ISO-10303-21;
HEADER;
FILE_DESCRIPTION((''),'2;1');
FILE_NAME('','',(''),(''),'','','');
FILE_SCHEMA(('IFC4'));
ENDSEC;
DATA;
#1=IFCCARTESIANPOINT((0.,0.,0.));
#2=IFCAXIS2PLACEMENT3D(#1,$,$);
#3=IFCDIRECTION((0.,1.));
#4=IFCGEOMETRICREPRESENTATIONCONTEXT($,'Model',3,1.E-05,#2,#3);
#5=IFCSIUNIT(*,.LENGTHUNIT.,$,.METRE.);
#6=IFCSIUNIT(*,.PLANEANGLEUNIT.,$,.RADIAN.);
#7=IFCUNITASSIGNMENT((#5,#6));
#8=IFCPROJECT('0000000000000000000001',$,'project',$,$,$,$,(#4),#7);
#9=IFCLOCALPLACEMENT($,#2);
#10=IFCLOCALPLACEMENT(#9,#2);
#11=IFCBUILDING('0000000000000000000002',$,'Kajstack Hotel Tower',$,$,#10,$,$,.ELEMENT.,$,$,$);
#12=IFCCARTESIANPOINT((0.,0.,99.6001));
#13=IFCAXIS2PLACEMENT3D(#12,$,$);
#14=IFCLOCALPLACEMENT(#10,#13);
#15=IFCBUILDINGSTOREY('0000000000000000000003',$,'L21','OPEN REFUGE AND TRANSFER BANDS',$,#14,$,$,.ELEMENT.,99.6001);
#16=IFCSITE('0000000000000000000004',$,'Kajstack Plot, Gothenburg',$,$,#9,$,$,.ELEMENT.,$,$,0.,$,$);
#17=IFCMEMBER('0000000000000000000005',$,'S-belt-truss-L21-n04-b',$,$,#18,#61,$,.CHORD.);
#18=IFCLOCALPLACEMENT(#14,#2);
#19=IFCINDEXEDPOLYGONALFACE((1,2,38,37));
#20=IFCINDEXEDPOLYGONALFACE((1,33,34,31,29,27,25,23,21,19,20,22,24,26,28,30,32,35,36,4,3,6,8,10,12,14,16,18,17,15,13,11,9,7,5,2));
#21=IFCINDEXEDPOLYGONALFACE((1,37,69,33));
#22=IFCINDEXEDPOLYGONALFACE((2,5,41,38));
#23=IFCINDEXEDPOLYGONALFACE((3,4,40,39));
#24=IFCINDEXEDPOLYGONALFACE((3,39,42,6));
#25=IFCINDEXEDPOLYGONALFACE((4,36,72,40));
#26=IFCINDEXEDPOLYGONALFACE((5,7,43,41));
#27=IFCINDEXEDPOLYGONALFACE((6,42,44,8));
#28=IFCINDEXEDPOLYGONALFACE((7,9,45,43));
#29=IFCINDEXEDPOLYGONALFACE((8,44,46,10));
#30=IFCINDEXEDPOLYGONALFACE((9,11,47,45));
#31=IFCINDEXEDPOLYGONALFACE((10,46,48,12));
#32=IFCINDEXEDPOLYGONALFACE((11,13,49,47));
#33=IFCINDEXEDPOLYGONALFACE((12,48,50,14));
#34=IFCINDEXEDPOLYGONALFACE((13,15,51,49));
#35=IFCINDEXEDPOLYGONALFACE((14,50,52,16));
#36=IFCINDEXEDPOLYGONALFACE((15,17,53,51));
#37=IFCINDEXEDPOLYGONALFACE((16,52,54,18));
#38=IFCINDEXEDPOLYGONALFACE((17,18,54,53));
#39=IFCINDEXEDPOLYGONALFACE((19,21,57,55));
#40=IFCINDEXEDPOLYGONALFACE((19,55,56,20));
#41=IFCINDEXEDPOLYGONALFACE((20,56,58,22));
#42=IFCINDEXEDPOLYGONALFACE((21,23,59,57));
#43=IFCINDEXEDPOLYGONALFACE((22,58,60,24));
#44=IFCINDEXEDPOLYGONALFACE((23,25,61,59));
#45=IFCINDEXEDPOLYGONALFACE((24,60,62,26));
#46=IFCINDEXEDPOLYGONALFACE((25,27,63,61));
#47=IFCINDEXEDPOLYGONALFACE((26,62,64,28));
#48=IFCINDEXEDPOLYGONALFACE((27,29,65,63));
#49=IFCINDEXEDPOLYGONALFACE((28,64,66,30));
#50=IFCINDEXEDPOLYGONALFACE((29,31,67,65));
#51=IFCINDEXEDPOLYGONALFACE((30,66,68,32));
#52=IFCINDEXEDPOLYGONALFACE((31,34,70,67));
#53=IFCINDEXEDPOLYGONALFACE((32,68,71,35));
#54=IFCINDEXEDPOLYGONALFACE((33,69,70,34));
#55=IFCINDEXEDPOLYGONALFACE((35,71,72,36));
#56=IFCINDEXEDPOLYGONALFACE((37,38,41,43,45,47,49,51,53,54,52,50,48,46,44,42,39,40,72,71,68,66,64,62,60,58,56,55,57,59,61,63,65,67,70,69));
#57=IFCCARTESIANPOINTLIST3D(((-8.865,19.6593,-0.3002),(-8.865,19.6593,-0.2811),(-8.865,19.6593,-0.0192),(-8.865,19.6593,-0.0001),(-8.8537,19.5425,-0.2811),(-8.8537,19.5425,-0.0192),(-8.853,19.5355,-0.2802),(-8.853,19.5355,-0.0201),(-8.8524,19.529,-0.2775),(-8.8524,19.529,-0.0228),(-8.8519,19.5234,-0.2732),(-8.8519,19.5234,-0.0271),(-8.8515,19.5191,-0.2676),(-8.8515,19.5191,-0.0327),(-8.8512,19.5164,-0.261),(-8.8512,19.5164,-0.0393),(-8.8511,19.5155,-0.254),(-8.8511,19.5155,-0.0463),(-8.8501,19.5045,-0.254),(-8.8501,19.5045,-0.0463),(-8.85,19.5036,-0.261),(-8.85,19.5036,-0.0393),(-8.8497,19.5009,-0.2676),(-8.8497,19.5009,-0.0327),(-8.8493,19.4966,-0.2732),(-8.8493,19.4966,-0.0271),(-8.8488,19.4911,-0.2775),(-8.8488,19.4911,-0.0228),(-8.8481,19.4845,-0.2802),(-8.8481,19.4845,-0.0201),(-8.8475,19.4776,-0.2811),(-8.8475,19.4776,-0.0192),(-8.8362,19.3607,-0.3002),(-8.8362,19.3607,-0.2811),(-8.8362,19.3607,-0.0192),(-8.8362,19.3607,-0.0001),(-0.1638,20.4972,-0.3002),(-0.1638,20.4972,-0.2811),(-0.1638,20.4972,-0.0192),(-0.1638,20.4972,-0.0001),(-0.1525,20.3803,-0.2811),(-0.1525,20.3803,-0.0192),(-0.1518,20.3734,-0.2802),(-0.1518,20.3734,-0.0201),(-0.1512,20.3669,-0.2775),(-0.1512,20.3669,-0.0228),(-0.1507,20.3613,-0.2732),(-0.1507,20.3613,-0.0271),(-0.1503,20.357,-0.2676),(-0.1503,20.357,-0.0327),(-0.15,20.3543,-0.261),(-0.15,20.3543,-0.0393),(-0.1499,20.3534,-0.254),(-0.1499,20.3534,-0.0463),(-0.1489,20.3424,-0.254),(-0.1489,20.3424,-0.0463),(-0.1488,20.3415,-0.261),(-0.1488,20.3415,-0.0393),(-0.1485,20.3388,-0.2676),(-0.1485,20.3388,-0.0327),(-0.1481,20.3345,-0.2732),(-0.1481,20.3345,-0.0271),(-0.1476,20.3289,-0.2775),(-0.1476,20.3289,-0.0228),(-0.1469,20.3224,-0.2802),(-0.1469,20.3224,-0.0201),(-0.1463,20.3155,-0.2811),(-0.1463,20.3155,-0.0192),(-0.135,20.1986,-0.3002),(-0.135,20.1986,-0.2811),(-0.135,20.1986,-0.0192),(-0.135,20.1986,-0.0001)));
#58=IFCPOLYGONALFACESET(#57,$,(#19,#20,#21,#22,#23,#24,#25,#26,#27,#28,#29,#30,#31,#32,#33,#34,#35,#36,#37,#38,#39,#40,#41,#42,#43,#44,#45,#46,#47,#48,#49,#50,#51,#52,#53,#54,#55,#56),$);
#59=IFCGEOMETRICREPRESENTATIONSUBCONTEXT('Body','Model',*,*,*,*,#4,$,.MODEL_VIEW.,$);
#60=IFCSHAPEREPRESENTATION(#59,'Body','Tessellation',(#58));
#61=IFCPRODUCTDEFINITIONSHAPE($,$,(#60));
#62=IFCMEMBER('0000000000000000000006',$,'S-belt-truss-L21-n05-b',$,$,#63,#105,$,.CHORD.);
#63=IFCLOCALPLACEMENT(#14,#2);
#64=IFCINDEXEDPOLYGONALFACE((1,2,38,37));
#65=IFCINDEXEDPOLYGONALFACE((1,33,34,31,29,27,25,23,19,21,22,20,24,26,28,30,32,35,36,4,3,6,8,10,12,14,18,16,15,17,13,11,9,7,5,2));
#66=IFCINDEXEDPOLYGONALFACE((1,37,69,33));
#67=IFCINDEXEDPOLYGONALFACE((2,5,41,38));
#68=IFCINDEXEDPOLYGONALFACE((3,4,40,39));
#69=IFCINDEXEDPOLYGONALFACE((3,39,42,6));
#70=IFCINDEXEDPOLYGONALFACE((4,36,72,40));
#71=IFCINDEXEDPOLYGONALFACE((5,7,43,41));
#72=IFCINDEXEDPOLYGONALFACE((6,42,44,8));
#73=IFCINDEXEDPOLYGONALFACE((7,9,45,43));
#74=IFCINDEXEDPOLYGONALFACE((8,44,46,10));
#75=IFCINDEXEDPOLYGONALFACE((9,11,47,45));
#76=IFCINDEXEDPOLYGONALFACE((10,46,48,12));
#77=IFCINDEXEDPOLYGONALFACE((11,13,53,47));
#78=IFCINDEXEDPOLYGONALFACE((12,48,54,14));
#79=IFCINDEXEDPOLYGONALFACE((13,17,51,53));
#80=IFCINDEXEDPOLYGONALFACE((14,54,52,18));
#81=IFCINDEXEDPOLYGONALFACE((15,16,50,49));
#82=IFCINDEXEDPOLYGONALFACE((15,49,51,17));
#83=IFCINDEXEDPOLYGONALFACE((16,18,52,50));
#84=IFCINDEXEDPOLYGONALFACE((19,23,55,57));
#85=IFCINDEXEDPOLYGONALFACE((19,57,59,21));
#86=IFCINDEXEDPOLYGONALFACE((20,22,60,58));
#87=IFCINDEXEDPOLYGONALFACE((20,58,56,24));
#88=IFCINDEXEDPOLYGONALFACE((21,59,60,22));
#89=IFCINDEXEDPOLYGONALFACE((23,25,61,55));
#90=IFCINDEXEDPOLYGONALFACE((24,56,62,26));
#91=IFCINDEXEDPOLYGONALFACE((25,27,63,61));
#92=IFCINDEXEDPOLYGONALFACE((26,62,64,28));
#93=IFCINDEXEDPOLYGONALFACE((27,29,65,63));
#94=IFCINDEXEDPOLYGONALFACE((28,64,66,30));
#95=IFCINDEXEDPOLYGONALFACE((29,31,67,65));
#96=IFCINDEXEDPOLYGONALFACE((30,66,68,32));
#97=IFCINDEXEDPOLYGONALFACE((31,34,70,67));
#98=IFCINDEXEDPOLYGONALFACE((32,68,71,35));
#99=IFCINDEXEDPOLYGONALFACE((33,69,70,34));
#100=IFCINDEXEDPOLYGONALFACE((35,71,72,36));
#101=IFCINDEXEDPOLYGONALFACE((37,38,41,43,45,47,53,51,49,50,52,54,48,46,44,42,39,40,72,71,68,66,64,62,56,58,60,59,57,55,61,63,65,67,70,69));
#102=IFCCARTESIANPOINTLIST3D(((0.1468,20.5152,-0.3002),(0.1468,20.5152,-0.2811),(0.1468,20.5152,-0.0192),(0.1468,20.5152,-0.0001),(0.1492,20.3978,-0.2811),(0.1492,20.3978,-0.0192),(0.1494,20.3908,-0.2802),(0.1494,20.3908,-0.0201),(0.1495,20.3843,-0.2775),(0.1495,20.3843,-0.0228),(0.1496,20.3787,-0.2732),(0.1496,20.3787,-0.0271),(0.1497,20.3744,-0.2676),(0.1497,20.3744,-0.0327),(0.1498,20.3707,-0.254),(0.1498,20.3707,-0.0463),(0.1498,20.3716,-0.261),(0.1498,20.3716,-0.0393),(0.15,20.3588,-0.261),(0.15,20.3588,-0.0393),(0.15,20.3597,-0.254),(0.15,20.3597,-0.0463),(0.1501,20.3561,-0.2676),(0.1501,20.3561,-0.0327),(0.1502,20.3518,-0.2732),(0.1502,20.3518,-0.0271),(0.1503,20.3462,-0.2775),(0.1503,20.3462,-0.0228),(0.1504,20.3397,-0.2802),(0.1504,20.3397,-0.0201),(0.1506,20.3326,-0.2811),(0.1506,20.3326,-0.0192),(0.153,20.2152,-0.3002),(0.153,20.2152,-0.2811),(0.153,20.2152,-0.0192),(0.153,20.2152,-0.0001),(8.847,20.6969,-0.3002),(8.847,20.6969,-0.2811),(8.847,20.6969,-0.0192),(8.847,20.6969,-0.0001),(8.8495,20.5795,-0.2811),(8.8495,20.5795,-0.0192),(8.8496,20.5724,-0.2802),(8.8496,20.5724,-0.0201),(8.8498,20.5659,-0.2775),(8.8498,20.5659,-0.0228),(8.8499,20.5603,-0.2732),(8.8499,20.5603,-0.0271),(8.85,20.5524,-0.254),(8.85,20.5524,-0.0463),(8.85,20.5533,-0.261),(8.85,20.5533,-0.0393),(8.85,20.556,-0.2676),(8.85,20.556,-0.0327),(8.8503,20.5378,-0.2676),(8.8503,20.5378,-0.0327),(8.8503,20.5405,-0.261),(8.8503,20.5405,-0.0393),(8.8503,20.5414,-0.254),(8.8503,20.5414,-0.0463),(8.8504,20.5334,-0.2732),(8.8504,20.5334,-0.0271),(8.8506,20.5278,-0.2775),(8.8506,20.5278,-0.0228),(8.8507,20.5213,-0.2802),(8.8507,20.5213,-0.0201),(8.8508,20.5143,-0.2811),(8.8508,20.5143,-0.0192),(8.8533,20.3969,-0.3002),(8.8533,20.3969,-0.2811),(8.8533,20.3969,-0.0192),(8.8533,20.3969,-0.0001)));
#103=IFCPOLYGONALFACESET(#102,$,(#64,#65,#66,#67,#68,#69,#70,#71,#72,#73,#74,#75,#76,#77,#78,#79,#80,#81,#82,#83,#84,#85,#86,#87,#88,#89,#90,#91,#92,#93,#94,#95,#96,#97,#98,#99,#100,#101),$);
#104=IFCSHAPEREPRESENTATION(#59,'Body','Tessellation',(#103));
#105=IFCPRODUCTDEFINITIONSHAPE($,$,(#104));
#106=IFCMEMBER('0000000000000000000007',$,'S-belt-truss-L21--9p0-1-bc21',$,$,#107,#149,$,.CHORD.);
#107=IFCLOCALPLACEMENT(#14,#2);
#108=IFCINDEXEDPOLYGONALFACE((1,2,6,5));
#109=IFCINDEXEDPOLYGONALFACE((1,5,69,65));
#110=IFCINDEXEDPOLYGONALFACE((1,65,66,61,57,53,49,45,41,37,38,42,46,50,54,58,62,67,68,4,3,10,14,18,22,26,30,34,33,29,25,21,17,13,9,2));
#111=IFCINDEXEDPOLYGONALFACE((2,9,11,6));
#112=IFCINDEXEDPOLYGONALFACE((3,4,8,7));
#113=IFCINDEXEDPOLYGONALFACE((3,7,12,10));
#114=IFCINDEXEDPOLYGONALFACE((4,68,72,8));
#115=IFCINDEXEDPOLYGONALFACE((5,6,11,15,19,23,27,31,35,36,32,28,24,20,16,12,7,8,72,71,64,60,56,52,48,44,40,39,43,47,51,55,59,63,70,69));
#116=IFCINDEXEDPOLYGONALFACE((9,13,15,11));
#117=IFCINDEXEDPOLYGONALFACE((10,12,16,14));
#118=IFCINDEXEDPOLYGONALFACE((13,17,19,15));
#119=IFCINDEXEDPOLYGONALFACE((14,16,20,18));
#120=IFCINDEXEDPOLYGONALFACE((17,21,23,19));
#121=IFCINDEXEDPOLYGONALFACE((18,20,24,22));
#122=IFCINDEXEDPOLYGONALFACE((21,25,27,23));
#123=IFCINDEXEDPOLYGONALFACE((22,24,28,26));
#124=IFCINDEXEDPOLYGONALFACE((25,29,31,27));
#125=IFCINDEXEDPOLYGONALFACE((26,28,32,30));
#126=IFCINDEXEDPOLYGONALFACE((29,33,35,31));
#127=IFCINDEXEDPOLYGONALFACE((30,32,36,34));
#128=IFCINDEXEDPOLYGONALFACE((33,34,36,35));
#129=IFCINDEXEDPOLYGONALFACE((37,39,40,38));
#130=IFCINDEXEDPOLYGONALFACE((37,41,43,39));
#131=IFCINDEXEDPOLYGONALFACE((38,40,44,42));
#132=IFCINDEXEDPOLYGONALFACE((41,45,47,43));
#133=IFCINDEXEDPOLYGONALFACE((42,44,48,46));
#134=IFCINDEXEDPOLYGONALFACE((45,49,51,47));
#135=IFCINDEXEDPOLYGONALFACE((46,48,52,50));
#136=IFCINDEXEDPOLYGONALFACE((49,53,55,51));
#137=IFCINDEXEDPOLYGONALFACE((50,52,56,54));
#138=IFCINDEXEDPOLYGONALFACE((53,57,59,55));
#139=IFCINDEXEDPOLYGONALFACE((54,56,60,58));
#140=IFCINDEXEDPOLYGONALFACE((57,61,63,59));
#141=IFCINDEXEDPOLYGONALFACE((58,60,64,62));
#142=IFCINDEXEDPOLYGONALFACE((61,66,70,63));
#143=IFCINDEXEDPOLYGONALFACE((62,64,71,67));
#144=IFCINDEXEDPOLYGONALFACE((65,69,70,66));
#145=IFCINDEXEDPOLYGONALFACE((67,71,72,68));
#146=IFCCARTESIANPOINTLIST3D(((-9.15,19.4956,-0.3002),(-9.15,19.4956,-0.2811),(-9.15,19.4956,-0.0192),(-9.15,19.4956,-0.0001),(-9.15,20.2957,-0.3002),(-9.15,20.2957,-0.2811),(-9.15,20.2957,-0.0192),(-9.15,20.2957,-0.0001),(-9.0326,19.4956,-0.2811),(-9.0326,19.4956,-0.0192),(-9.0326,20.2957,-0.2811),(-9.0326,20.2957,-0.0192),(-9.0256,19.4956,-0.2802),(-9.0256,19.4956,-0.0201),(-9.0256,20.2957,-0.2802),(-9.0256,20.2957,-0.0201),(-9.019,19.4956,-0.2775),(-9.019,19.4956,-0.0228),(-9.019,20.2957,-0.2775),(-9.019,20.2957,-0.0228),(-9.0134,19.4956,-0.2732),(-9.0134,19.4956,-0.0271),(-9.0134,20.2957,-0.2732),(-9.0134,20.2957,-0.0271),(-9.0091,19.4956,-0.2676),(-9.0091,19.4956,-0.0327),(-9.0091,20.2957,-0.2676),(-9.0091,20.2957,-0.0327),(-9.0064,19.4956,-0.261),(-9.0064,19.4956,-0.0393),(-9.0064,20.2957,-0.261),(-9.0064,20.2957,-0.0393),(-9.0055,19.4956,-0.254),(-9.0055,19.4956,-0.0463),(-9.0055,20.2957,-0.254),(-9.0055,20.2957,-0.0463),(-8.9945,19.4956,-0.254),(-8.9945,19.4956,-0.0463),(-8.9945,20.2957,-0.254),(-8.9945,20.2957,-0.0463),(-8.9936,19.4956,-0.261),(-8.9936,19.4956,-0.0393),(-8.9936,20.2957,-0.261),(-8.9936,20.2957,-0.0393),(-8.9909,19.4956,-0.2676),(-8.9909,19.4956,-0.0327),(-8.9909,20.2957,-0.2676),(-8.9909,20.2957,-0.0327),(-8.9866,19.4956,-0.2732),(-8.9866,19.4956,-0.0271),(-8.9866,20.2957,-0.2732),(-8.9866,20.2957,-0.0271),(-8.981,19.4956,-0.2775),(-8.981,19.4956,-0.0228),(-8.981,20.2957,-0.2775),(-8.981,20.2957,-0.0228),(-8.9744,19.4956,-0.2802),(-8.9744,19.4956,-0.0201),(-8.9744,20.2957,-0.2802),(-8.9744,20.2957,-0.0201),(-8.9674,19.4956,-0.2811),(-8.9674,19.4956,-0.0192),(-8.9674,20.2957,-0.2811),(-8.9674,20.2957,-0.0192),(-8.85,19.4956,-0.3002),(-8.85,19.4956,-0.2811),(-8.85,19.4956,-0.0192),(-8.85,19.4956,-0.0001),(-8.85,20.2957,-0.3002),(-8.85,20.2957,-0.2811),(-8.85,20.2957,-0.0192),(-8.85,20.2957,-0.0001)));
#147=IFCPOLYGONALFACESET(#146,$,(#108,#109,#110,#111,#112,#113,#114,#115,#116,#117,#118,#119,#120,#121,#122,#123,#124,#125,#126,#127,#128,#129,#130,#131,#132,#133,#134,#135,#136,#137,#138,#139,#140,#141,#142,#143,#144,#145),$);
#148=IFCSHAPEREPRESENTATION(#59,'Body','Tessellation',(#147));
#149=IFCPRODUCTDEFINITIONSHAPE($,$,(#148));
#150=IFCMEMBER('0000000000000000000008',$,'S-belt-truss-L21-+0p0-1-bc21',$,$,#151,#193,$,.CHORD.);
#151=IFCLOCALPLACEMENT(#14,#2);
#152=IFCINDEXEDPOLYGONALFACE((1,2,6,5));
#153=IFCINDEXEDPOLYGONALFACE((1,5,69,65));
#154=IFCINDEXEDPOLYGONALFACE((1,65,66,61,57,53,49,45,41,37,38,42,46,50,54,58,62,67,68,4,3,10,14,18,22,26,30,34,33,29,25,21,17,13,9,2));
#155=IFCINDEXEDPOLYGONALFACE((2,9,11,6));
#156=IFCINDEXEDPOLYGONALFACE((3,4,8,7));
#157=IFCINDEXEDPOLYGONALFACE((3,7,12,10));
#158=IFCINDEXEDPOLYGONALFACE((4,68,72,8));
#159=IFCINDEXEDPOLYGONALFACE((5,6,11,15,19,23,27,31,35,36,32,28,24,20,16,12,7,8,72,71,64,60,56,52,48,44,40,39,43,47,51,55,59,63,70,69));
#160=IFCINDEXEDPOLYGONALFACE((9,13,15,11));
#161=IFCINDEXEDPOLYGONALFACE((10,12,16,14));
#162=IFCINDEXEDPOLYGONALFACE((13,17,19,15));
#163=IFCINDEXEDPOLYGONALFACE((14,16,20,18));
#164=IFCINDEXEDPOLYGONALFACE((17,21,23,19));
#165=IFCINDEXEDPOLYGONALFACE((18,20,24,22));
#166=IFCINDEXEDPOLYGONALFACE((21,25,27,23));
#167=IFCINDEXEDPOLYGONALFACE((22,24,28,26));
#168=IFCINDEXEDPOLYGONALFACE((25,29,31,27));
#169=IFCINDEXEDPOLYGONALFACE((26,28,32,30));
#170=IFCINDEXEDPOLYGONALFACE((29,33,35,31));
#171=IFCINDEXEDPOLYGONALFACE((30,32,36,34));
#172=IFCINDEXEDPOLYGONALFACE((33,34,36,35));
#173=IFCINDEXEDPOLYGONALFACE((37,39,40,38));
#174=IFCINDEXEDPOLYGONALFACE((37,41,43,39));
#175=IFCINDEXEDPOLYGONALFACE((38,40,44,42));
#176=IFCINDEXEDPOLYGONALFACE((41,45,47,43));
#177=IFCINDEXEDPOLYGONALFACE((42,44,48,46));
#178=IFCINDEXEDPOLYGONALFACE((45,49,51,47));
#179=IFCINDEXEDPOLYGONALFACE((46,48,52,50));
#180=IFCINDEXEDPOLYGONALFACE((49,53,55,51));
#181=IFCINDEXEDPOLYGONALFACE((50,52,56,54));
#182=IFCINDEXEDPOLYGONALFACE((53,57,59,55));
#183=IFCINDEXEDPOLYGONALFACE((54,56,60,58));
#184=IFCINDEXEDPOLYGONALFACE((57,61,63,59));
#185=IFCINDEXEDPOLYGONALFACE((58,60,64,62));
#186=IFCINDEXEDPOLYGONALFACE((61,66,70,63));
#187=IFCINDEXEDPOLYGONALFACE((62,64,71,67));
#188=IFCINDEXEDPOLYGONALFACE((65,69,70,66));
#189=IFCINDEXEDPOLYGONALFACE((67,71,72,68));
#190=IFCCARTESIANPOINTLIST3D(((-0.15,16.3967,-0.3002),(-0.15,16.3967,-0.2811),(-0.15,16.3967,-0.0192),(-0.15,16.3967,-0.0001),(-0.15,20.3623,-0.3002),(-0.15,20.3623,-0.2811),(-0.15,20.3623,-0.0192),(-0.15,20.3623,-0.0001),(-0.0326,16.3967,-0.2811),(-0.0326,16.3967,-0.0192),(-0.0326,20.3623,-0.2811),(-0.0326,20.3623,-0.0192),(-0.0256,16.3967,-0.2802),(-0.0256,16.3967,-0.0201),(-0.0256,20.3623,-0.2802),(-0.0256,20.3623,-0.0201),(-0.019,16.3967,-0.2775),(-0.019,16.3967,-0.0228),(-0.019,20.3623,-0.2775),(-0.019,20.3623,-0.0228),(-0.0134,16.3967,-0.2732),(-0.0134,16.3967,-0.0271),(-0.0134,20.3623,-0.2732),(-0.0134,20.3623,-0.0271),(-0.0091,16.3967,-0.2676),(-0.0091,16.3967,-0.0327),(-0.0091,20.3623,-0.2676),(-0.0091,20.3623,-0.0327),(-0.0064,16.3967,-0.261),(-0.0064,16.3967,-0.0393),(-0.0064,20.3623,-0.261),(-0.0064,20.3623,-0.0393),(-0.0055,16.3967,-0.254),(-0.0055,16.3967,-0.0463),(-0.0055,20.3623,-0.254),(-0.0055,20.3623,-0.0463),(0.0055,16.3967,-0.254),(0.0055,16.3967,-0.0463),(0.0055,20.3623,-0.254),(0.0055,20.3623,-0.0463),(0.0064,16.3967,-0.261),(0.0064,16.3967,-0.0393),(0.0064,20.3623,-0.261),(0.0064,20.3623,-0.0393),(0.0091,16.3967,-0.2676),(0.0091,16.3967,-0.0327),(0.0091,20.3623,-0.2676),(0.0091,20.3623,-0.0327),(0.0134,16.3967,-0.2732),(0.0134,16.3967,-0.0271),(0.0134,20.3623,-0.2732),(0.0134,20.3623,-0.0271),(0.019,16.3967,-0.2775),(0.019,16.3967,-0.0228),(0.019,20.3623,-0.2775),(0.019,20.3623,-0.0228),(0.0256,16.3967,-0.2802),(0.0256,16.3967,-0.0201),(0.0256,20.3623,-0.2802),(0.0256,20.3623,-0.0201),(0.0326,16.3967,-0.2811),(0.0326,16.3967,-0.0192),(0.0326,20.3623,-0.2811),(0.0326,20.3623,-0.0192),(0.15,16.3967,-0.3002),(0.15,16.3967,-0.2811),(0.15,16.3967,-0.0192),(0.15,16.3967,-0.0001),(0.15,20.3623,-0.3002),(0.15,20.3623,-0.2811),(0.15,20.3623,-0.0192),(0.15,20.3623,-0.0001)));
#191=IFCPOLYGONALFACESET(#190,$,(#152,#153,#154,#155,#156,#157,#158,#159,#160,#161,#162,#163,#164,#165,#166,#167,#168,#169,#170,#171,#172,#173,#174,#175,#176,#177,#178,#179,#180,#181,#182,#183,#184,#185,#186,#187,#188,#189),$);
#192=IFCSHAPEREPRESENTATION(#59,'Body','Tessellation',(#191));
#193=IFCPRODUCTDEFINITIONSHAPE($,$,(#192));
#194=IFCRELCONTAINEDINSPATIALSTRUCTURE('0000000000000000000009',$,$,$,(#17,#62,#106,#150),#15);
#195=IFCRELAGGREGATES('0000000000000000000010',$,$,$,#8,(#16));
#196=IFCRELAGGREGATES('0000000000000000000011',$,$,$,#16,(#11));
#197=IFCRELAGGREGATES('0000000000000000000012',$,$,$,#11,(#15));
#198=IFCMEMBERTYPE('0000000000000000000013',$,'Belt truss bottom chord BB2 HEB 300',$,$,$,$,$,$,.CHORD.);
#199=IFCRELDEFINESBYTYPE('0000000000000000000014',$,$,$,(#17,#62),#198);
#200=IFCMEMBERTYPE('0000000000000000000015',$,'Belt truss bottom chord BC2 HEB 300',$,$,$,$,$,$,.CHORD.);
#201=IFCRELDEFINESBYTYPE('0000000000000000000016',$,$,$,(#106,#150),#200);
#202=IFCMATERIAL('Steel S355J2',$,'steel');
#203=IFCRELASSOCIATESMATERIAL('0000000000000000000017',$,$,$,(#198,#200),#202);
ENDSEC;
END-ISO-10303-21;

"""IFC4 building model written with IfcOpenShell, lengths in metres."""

from ifc_helpers import new_model, si_unit, direction, frame, origin, origin_2d, place, context, subcontext, project, spatial, i_section, extrude, material, material_profile, profile_set, type_object, element, save


model = new_model("IFC4")

# Units and contexts
model_context = context("Model", 3, precision=1e-05, world=origin(), true_north=direction((0.0, 1.0)))
body_context = subcontext(model_context, "Body", "Model", "MODEL_VIEW")
ifc_project = project(units=[si_unit("LENGTHUNIT", "METRE"), si_unit("PLANEANGLEUNIT", "RADIAN")], contexts=[model_context])

# Site, building, storey
site_placement = place(None, origin())
site = spatial("IfcSite", under=ifc_project, at=site_placement, Name="Kajstack Plot, Gothenburg", CompositionType="ELEMENT", RefElevation=0.0)
building_placement = place(site_placement, origin())
building = spatial("IfcBuilding", under=site, at=building_placement, Name="Kajstack Hotel Tower", CompositionType="ELEMENT")
storey_placement = place(building_placement, frame((0.0, 0.0, 99.6001)))
storey = spatial("IfcBuildingStorey", under=building, at=storey_placement, Name="L21", Description="OPEN REFUGE AND TRANSFER BANDS", CompositionType="ELEMENT", Elevation=99.6001)

# Members
ifc_material = material(Name="Steel S355J2", Category="steel")
ifc_material_profile_1 = material_profile(ifc_material, i_section(OverallWidth=0.3, OverallDepth=0.3, WebThickness=0.011, FlangeThickness=0.019, FilletRadius=0.0271, at=origin_2d()), Name="HEB 300")
ifc_profile_set_1 = profile_set([ifc_material_profile_1], Name="Steel S355J2")
member_type_1 = type_object("IfcMemberType", Name="Belt truss bottom chord BB2 HEB 300", PredefinedType="CHORD", material=ifc_profile_set_1)
member_1_placement = place(storey_placement, frame((-8.8506, 19.51, -0.1501), z_axis=(0.995396, 0.095853, 0.0), x_axis=(-0.095853, 0.995396, 0.0)))
element("IfcMember", 1, at=member_1_placement, inside=storey, type_object=member_type_1, Name="S-belt-truss-L21-n04-b", PredefinedType="CHORD", context=body_context, shape_type="SweptSolid", body=[
    extrude(i_section(OverallWidth=0.3, OverallDepth=0.3, WebThickness=0.011, FlangeThickness=0.019, FilletRadius=0.0271, at=origin_2d()), origin(), (0.0, 0.0, 1.0), 8.7415),
])
member_2_placement = place(storey_placement, frame((0.1499, 20.3652, -0.1501), z_axis=(0.999782, 0.020873, 0.0), x_axis=(-0.020873, 0.999782, 0.0)))
element("IfcMember", 2, at=member_2_placement, inside=storey, type_object=member_type_1, Name="S-belt-truss-L21-n05-b", PredefinedType="CHORD", context=body_context, shape_type="SweptSolid", body=[
    extrude(i_section(OverallWidth=0.3, OverallDepth=0.3, WebThickness=0.011, FlangeThickness=0.019, FilletRadius=0.0271, at=origin_2d()), origin(), (0.0, 0.0, 1.0), 8.7021),
])
ifc_material_profile_2 = material_profile(ifc_material, i_section(OverallWidth=0.3, OverallDepth=0.3, WebThickness=0.011, FlangeThickness=0.019, FilletRadius=0.0271, at=origin_2d()), Name="HEB 300")
ifc_profile_set_2 = profile_set([ifc_material_profile_2], Name="Steel S355J2")
member_type_2 = type_object("IfcMemberType", Name="Belt truss bottom chord BC2 HEB 300", PredefinedType="CHORD", material=ifc_profile_set_2)
member_3_placement = place(storey_placement, frame((-9.0, 19.4956, -0.1501), z_axis=(0.0, 1.0, 0.0), x_axis=(-1.0, 0.0, 0.0)))
element("IfcMember", 3, at=member_3_placement, inside=storey, type_object=member_type_2, Name="S-belt-truss-L21--9p0-1-bc21", PredefinedType="CHORD", context=body_context, shape_type="SweptSolid", body=[
    extrude(i_section(OverallWidth=0.3, OverallDepth=0.3, WebThickness=0.011, FlangeThickness=0.019, FilletRadius=0.0271, at=origin_2d()), origin(), (0.0, 0.0, 1.0), 0.8),
])
member_4_placement = place(storey_placement, frame((0.0, 16.3967, -0.1501), z_axis=(0.0, 1.0, 0.0), x_axis=(-1.0, 0.0, 0.0)))
element("IfcMember", 4, at=member_4_placement, inside=storey, type_object=member_type_2, Name="S-belt-truss-L21-+0p0-1-bc21", PredefinedType="CHORD", context=body_context, shape_type="SweptSolid", body=[
    extrude(i_section(OverallWidth=0.3, OverallDepth=0.3, WebThickness=0.011, FlangeThickness=0.019, FilletRadius=0.0271, at=origin_2d()), origin(), (0.0, 0.0, 1.0), 3.9656),
])

save(model, "model.ifc")
